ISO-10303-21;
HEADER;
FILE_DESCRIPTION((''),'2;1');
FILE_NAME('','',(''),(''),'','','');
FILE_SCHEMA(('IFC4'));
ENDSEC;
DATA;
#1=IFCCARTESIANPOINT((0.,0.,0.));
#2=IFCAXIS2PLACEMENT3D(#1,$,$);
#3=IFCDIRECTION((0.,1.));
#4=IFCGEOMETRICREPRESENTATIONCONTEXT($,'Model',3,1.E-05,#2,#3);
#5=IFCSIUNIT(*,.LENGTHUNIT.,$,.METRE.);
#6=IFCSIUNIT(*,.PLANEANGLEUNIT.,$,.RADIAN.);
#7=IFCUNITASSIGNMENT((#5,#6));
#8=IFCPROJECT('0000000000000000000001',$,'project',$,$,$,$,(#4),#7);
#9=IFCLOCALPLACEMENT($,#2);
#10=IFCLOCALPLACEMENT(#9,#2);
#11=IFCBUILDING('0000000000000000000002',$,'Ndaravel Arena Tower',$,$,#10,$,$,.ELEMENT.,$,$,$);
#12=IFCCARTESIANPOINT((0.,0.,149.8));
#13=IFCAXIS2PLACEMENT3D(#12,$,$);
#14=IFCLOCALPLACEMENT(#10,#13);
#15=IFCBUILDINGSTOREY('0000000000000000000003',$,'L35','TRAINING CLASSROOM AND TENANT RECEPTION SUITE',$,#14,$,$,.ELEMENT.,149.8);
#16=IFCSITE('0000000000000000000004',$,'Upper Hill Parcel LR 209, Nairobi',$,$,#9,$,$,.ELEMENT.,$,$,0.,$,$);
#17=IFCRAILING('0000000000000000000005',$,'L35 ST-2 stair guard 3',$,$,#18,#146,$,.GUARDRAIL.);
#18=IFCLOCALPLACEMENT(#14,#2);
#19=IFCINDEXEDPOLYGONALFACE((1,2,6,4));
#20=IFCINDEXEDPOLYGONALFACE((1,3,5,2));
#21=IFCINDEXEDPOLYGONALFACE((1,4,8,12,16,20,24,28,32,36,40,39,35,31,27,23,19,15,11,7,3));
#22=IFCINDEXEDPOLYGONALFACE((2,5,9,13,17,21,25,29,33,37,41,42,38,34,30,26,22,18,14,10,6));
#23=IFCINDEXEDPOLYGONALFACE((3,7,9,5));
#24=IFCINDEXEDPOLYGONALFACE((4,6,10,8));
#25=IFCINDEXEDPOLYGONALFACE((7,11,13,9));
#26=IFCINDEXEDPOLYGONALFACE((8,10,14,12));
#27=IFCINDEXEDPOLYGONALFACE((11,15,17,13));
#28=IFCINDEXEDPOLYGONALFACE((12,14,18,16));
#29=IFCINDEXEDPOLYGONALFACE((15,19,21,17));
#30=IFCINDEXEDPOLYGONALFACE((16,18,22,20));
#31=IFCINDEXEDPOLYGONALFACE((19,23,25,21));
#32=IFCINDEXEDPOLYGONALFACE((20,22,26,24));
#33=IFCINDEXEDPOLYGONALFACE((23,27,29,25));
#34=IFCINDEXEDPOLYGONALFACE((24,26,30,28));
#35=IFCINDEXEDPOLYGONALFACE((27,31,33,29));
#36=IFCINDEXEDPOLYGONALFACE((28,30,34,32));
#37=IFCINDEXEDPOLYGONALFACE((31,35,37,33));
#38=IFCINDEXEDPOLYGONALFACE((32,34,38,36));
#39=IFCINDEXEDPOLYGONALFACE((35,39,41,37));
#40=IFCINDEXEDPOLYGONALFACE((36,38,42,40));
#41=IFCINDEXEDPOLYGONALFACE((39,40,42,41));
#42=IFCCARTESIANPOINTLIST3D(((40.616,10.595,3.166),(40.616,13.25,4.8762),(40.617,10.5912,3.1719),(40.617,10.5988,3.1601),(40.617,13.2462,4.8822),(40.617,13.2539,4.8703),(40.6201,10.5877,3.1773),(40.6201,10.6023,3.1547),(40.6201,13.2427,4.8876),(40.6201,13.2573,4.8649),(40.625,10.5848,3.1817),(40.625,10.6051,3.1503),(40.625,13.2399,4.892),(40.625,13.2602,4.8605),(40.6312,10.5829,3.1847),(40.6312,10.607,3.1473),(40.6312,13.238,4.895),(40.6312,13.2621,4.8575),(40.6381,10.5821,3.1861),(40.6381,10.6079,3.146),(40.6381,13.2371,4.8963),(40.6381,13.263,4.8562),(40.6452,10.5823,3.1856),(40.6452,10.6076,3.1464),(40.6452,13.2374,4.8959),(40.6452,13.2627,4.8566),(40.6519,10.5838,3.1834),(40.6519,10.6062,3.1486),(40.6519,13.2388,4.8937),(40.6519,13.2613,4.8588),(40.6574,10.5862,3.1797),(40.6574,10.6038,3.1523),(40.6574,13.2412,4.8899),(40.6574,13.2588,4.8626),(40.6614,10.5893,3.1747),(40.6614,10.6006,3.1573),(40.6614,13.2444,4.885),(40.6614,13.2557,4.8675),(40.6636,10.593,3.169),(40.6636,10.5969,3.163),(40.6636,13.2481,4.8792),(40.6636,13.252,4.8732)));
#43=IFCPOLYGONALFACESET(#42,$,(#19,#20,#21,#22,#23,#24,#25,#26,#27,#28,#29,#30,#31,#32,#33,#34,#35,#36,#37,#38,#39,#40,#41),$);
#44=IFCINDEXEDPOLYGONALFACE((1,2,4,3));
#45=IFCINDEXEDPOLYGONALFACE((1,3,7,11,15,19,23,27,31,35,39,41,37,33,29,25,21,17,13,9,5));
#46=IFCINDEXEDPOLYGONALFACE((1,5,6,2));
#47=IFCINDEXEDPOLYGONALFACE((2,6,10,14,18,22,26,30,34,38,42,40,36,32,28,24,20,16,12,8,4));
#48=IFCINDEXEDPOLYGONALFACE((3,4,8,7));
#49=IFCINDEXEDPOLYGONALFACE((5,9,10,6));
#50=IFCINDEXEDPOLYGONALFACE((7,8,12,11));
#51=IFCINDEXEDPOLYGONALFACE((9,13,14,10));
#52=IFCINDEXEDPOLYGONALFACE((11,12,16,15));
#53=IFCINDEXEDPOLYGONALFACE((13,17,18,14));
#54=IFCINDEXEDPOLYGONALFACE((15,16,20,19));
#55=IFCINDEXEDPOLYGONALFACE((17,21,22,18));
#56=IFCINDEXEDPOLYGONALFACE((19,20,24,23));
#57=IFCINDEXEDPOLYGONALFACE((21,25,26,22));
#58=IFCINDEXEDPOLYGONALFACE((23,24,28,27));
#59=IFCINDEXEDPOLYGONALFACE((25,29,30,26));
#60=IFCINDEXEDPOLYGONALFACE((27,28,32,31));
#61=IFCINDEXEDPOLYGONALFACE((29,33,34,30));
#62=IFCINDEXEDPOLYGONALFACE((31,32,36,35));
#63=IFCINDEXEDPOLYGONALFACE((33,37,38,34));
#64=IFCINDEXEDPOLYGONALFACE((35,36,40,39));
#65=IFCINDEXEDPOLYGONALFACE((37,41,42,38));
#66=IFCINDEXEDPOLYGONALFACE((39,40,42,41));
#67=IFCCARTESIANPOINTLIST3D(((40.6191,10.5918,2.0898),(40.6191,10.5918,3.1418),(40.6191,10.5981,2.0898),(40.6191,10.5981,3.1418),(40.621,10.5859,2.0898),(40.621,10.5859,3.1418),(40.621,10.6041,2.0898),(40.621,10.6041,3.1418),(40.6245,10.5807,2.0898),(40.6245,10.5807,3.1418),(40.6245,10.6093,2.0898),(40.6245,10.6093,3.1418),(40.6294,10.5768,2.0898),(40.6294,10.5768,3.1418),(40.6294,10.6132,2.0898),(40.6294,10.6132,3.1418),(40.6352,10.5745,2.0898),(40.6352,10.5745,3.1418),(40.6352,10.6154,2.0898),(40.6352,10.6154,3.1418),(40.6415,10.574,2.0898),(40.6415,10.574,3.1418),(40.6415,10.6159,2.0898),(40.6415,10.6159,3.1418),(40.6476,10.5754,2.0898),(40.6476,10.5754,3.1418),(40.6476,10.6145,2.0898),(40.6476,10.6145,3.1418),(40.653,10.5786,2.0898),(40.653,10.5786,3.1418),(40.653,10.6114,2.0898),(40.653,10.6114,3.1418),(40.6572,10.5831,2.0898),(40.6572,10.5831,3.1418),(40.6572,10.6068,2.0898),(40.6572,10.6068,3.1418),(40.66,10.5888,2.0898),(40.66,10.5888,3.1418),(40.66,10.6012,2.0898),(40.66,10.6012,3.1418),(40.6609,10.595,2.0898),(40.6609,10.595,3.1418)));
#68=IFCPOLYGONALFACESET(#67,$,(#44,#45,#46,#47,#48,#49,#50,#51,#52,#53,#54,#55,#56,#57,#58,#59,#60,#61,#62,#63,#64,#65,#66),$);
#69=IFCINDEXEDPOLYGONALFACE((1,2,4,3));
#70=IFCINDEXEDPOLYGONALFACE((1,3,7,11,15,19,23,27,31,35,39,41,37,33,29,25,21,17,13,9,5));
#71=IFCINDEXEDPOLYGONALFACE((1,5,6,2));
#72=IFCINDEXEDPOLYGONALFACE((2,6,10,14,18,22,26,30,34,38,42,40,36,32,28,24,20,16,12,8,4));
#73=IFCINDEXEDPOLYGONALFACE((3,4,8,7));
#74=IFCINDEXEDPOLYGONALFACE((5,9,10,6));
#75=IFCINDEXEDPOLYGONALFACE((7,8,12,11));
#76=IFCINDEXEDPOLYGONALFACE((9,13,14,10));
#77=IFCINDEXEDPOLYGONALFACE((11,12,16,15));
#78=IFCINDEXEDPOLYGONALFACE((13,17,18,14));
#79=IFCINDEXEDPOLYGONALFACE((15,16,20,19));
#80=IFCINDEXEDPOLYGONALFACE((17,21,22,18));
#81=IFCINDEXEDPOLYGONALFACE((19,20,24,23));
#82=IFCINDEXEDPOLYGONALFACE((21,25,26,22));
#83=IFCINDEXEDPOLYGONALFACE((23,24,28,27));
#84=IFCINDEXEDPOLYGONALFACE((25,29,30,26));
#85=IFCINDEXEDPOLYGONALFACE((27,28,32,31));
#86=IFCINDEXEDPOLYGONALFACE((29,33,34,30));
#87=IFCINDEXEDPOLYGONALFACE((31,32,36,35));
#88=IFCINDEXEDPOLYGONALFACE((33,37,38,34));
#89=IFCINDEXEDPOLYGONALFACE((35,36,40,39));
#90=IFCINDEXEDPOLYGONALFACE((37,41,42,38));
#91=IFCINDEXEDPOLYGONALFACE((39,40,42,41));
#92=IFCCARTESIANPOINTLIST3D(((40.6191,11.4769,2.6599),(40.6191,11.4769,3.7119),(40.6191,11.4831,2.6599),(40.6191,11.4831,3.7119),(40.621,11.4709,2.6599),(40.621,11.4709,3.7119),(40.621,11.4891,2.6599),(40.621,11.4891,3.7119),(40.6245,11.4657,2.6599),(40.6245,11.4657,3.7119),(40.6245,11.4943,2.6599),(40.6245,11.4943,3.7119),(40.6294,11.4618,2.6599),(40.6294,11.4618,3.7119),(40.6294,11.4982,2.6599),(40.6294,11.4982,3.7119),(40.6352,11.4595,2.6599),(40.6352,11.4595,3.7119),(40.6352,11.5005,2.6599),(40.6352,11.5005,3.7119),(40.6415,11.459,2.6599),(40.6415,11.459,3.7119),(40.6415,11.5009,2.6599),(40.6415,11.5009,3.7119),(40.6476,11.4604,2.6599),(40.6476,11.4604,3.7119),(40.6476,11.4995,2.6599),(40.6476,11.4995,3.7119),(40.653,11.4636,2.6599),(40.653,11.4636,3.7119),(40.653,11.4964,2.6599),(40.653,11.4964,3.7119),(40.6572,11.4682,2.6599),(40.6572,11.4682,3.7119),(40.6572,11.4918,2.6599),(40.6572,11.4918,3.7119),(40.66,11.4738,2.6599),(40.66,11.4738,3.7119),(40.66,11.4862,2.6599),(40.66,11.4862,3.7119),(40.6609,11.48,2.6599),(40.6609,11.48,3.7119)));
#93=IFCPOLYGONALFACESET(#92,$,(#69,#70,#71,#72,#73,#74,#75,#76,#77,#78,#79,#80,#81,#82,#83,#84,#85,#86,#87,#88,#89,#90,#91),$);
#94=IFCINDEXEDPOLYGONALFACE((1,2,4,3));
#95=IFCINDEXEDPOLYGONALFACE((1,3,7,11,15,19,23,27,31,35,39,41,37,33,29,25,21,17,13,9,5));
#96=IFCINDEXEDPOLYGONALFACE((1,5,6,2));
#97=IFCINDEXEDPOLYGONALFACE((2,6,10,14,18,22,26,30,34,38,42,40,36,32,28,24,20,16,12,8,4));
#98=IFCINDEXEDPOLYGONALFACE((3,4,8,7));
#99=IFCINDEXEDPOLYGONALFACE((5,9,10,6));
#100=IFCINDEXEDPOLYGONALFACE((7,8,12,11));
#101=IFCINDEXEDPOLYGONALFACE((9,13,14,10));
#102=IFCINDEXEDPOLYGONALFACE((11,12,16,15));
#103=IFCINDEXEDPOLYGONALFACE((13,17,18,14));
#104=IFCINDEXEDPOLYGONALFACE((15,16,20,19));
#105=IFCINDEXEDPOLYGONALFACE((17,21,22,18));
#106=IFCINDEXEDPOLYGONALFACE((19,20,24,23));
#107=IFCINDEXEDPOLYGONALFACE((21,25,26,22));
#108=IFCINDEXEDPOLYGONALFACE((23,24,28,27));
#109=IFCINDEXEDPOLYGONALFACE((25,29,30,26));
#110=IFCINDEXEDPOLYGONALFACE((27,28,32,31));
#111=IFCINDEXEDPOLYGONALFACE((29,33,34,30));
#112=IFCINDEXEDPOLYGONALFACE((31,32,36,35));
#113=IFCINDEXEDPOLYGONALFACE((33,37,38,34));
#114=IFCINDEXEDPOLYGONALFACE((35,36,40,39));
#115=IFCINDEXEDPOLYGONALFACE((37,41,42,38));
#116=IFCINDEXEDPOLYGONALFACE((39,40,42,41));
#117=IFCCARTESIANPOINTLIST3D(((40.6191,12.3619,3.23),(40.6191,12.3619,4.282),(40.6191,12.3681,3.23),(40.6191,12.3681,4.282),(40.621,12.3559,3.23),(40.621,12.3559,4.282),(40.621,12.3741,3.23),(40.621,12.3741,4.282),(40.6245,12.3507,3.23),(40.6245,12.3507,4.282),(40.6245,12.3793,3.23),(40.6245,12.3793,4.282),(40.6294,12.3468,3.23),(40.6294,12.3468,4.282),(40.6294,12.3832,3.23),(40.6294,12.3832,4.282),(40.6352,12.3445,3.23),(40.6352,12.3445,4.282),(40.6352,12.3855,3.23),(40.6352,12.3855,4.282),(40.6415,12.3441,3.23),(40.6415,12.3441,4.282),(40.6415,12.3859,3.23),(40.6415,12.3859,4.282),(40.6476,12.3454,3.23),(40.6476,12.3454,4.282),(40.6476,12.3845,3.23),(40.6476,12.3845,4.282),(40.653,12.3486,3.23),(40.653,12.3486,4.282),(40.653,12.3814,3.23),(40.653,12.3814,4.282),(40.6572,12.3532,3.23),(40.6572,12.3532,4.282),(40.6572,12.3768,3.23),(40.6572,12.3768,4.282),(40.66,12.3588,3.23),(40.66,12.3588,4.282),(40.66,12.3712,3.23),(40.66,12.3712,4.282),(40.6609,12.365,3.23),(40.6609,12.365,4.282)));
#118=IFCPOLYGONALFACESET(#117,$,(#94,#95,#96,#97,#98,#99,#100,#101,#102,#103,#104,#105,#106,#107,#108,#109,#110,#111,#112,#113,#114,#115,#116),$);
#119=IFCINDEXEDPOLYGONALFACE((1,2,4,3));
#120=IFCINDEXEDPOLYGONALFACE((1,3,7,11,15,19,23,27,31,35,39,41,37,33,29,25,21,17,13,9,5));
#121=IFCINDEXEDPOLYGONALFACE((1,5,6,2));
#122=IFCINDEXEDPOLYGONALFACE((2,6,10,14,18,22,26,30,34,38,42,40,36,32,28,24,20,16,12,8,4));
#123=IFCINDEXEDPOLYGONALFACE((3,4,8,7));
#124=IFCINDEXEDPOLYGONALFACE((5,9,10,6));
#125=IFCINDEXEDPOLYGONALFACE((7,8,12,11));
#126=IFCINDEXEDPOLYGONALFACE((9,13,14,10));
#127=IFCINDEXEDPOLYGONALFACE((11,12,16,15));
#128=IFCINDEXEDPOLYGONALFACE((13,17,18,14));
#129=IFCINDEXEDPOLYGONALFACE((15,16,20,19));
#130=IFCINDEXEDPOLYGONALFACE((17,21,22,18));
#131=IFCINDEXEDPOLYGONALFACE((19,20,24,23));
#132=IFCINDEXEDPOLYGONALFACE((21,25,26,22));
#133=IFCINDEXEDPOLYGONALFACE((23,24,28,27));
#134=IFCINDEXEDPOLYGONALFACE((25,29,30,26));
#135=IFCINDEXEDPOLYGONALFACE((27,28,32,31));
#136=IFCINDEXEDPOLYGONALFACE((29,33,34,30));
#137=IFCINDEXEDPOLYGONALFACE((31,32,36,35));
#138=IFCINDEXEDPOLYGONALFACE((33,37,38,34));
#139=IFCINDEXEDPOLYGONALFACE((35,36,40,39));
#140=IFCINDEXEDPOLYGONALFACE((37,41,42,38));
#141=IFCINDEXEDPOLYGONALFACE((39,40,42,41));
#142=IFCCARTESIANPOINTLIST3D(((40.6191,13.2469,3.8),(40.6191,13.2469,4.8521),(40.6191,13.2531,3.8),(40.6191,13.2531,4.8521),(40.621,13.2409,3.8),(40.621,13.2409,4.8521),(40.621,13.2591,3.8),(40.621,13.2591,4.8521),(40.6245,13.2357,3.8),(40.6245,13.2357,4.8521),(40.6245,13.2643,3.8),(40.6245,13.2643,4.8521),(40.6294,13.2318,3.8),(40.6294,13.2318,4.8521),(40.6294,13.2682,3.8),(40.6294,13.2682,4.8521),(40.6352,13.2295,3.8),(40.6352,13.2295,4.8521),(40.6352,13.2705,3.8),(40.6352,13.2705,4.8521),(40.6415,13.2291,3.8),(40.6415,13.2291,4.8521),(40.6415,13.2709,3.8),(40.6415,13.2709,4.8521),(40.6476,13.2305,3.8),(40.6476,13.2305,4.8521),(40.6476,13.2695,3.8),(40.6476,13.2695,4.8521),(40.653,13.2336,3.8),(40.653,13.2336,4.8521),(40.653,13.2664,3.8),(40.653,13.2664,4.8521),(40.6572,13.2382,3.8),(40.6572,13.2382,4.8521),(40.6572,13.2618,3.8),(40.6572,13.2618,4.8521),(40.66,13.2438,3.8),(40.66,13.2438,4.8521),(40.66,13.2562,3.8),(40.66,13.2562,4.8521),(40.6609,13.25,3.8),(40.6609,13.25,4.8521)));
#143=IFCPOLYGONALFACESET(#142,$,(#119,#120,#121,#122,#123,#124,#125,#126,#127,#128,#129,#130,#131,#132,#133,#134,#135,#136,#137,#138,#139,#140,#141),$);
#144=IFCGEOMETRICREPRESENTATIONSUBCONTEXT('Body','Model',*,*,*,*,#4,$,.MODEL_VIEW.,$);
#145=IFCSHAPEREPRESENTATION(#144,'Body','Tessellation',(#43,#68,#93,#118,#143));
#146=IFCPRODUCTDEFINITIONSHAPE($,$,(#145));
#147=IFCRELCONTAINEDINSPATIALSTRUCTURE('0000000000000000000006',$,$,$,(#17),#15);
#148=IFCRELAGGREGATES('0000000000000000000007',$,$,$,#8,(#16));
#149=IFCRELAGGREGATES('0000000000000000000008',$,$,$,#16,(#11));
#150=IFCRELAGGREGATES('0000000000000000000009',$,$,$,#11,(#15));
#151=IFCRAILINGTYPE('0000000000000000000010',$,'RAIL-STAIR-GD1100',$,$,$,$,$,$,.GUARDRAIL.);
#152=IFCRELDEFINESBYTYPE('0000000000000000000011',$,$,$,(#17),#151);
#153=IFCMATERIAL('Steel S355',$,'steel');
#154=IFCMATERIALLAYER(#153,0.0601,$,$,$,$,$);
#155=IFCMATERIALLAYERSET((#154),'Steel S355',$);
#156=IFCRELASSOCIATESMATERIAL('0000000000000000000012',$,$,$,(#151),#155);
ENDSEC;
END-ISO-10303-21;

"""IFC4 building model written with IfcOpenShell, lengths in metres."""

from ifc_helpers import new_model, si_unit, direction, frame, origin, origin_2d, place, context, subcontext, project, spatial, circle, extrude, material, layer, layer_set, type_object, element, save


model = new_model("IFC4")

# Units and contexts
model_context = context("Model", 3, precision=1e-05, world=origin(), true_north=direction((0.0, 1.0)))
body_context = subcontext(model_context, "Body", "Model", "MODEL_VIEW")
ifc_project = project(units=[si_unit("LENGTHUNIT", "METRE"), si_unit("PLANEANGLEUNIT", "RADIAN")], contexts=[model_context])

# Site, building, storey
site_placement = place(None, origin())
site = spatial("IfcSite", under=ifc_project, at=site_placement, Name="Upper Hill Parcel LR 209, Nairobi", CompositionType="ELEMENT", RefElevation=0.0)
building_placement = place(site_placement, origin())
building = spatial("IfcBuilding", under=site, at=building_placement, Name="Ndaravel Arena Tower", CompositionType="ELEMENT")
storey_placement = place(building_placement, frame((0.0, 0.0, 149.8)))
storey = spatial("IfcBuildingStorey", under=building, at=storey_placement, Name="L35", Description="TRAINING CLASSROOM AND TENANT RECEPTION SUITE", CompositionType="ELEMENT", Elevation=149.8)

# Railing
ifc_material_1 = material(Name="Steel S355", Category="steel")
ifc_layer_1 = layer(ifc_material_1, 0.0601)
ifc_layer_set_1 = layer_set([ifc_layer_1], Name="Steel S355")
railing_type_1 = type_object("IfcRailingType", Name="RAIL-STAIR-GD1100", PredefinedType="GUARDRAIL", material=ifc_layer_set_1)
railing_1_placement = place(storey_placement, frame((40.6399, 10.595, 2.0898)))
element("IfcRailing", 1, at=railing_1_placement, inside=storey, type_object=railing_type_1, Name="L35 ST-2 stair guard 3", PredefinedType="GUARDRAIL", context=body_context, shape_type="SweptSolid", body=[
    extrude(circle(Radius=0.0239, at=origin_2d()), frame((0.0, 0.0, 1.0762), z_axis=(0.0, 0.840688, 0.541519), x_axis=(-1.0, 0.0, 0.0)), (0.0, 0.0, 1.0), 3.1582),
    extrude(circle(Radius=0.021, at=origin_2d()), origin(), (0.0, 0.0, 1.0), 1.052),
    extrude(circle(Radius=0.021, at=origin_2d()), frame((0.0, 0.885, 0.5701)), (0.0, 0.0, 1.0), 1.052),
    extrude(circle(Radius=0.021, at=origin_2d()), frame((0.0, 1.77, 1.1401)), (0.0, 0.0, 1.0), 1.052),
    extrude(circle(Radius=0.021, at=origin_2d()), frame((0.0, 2.655, 1.7102)), (0.0, 0.0, 1.0), 1.052),
])

save(model, "model.ifc")
